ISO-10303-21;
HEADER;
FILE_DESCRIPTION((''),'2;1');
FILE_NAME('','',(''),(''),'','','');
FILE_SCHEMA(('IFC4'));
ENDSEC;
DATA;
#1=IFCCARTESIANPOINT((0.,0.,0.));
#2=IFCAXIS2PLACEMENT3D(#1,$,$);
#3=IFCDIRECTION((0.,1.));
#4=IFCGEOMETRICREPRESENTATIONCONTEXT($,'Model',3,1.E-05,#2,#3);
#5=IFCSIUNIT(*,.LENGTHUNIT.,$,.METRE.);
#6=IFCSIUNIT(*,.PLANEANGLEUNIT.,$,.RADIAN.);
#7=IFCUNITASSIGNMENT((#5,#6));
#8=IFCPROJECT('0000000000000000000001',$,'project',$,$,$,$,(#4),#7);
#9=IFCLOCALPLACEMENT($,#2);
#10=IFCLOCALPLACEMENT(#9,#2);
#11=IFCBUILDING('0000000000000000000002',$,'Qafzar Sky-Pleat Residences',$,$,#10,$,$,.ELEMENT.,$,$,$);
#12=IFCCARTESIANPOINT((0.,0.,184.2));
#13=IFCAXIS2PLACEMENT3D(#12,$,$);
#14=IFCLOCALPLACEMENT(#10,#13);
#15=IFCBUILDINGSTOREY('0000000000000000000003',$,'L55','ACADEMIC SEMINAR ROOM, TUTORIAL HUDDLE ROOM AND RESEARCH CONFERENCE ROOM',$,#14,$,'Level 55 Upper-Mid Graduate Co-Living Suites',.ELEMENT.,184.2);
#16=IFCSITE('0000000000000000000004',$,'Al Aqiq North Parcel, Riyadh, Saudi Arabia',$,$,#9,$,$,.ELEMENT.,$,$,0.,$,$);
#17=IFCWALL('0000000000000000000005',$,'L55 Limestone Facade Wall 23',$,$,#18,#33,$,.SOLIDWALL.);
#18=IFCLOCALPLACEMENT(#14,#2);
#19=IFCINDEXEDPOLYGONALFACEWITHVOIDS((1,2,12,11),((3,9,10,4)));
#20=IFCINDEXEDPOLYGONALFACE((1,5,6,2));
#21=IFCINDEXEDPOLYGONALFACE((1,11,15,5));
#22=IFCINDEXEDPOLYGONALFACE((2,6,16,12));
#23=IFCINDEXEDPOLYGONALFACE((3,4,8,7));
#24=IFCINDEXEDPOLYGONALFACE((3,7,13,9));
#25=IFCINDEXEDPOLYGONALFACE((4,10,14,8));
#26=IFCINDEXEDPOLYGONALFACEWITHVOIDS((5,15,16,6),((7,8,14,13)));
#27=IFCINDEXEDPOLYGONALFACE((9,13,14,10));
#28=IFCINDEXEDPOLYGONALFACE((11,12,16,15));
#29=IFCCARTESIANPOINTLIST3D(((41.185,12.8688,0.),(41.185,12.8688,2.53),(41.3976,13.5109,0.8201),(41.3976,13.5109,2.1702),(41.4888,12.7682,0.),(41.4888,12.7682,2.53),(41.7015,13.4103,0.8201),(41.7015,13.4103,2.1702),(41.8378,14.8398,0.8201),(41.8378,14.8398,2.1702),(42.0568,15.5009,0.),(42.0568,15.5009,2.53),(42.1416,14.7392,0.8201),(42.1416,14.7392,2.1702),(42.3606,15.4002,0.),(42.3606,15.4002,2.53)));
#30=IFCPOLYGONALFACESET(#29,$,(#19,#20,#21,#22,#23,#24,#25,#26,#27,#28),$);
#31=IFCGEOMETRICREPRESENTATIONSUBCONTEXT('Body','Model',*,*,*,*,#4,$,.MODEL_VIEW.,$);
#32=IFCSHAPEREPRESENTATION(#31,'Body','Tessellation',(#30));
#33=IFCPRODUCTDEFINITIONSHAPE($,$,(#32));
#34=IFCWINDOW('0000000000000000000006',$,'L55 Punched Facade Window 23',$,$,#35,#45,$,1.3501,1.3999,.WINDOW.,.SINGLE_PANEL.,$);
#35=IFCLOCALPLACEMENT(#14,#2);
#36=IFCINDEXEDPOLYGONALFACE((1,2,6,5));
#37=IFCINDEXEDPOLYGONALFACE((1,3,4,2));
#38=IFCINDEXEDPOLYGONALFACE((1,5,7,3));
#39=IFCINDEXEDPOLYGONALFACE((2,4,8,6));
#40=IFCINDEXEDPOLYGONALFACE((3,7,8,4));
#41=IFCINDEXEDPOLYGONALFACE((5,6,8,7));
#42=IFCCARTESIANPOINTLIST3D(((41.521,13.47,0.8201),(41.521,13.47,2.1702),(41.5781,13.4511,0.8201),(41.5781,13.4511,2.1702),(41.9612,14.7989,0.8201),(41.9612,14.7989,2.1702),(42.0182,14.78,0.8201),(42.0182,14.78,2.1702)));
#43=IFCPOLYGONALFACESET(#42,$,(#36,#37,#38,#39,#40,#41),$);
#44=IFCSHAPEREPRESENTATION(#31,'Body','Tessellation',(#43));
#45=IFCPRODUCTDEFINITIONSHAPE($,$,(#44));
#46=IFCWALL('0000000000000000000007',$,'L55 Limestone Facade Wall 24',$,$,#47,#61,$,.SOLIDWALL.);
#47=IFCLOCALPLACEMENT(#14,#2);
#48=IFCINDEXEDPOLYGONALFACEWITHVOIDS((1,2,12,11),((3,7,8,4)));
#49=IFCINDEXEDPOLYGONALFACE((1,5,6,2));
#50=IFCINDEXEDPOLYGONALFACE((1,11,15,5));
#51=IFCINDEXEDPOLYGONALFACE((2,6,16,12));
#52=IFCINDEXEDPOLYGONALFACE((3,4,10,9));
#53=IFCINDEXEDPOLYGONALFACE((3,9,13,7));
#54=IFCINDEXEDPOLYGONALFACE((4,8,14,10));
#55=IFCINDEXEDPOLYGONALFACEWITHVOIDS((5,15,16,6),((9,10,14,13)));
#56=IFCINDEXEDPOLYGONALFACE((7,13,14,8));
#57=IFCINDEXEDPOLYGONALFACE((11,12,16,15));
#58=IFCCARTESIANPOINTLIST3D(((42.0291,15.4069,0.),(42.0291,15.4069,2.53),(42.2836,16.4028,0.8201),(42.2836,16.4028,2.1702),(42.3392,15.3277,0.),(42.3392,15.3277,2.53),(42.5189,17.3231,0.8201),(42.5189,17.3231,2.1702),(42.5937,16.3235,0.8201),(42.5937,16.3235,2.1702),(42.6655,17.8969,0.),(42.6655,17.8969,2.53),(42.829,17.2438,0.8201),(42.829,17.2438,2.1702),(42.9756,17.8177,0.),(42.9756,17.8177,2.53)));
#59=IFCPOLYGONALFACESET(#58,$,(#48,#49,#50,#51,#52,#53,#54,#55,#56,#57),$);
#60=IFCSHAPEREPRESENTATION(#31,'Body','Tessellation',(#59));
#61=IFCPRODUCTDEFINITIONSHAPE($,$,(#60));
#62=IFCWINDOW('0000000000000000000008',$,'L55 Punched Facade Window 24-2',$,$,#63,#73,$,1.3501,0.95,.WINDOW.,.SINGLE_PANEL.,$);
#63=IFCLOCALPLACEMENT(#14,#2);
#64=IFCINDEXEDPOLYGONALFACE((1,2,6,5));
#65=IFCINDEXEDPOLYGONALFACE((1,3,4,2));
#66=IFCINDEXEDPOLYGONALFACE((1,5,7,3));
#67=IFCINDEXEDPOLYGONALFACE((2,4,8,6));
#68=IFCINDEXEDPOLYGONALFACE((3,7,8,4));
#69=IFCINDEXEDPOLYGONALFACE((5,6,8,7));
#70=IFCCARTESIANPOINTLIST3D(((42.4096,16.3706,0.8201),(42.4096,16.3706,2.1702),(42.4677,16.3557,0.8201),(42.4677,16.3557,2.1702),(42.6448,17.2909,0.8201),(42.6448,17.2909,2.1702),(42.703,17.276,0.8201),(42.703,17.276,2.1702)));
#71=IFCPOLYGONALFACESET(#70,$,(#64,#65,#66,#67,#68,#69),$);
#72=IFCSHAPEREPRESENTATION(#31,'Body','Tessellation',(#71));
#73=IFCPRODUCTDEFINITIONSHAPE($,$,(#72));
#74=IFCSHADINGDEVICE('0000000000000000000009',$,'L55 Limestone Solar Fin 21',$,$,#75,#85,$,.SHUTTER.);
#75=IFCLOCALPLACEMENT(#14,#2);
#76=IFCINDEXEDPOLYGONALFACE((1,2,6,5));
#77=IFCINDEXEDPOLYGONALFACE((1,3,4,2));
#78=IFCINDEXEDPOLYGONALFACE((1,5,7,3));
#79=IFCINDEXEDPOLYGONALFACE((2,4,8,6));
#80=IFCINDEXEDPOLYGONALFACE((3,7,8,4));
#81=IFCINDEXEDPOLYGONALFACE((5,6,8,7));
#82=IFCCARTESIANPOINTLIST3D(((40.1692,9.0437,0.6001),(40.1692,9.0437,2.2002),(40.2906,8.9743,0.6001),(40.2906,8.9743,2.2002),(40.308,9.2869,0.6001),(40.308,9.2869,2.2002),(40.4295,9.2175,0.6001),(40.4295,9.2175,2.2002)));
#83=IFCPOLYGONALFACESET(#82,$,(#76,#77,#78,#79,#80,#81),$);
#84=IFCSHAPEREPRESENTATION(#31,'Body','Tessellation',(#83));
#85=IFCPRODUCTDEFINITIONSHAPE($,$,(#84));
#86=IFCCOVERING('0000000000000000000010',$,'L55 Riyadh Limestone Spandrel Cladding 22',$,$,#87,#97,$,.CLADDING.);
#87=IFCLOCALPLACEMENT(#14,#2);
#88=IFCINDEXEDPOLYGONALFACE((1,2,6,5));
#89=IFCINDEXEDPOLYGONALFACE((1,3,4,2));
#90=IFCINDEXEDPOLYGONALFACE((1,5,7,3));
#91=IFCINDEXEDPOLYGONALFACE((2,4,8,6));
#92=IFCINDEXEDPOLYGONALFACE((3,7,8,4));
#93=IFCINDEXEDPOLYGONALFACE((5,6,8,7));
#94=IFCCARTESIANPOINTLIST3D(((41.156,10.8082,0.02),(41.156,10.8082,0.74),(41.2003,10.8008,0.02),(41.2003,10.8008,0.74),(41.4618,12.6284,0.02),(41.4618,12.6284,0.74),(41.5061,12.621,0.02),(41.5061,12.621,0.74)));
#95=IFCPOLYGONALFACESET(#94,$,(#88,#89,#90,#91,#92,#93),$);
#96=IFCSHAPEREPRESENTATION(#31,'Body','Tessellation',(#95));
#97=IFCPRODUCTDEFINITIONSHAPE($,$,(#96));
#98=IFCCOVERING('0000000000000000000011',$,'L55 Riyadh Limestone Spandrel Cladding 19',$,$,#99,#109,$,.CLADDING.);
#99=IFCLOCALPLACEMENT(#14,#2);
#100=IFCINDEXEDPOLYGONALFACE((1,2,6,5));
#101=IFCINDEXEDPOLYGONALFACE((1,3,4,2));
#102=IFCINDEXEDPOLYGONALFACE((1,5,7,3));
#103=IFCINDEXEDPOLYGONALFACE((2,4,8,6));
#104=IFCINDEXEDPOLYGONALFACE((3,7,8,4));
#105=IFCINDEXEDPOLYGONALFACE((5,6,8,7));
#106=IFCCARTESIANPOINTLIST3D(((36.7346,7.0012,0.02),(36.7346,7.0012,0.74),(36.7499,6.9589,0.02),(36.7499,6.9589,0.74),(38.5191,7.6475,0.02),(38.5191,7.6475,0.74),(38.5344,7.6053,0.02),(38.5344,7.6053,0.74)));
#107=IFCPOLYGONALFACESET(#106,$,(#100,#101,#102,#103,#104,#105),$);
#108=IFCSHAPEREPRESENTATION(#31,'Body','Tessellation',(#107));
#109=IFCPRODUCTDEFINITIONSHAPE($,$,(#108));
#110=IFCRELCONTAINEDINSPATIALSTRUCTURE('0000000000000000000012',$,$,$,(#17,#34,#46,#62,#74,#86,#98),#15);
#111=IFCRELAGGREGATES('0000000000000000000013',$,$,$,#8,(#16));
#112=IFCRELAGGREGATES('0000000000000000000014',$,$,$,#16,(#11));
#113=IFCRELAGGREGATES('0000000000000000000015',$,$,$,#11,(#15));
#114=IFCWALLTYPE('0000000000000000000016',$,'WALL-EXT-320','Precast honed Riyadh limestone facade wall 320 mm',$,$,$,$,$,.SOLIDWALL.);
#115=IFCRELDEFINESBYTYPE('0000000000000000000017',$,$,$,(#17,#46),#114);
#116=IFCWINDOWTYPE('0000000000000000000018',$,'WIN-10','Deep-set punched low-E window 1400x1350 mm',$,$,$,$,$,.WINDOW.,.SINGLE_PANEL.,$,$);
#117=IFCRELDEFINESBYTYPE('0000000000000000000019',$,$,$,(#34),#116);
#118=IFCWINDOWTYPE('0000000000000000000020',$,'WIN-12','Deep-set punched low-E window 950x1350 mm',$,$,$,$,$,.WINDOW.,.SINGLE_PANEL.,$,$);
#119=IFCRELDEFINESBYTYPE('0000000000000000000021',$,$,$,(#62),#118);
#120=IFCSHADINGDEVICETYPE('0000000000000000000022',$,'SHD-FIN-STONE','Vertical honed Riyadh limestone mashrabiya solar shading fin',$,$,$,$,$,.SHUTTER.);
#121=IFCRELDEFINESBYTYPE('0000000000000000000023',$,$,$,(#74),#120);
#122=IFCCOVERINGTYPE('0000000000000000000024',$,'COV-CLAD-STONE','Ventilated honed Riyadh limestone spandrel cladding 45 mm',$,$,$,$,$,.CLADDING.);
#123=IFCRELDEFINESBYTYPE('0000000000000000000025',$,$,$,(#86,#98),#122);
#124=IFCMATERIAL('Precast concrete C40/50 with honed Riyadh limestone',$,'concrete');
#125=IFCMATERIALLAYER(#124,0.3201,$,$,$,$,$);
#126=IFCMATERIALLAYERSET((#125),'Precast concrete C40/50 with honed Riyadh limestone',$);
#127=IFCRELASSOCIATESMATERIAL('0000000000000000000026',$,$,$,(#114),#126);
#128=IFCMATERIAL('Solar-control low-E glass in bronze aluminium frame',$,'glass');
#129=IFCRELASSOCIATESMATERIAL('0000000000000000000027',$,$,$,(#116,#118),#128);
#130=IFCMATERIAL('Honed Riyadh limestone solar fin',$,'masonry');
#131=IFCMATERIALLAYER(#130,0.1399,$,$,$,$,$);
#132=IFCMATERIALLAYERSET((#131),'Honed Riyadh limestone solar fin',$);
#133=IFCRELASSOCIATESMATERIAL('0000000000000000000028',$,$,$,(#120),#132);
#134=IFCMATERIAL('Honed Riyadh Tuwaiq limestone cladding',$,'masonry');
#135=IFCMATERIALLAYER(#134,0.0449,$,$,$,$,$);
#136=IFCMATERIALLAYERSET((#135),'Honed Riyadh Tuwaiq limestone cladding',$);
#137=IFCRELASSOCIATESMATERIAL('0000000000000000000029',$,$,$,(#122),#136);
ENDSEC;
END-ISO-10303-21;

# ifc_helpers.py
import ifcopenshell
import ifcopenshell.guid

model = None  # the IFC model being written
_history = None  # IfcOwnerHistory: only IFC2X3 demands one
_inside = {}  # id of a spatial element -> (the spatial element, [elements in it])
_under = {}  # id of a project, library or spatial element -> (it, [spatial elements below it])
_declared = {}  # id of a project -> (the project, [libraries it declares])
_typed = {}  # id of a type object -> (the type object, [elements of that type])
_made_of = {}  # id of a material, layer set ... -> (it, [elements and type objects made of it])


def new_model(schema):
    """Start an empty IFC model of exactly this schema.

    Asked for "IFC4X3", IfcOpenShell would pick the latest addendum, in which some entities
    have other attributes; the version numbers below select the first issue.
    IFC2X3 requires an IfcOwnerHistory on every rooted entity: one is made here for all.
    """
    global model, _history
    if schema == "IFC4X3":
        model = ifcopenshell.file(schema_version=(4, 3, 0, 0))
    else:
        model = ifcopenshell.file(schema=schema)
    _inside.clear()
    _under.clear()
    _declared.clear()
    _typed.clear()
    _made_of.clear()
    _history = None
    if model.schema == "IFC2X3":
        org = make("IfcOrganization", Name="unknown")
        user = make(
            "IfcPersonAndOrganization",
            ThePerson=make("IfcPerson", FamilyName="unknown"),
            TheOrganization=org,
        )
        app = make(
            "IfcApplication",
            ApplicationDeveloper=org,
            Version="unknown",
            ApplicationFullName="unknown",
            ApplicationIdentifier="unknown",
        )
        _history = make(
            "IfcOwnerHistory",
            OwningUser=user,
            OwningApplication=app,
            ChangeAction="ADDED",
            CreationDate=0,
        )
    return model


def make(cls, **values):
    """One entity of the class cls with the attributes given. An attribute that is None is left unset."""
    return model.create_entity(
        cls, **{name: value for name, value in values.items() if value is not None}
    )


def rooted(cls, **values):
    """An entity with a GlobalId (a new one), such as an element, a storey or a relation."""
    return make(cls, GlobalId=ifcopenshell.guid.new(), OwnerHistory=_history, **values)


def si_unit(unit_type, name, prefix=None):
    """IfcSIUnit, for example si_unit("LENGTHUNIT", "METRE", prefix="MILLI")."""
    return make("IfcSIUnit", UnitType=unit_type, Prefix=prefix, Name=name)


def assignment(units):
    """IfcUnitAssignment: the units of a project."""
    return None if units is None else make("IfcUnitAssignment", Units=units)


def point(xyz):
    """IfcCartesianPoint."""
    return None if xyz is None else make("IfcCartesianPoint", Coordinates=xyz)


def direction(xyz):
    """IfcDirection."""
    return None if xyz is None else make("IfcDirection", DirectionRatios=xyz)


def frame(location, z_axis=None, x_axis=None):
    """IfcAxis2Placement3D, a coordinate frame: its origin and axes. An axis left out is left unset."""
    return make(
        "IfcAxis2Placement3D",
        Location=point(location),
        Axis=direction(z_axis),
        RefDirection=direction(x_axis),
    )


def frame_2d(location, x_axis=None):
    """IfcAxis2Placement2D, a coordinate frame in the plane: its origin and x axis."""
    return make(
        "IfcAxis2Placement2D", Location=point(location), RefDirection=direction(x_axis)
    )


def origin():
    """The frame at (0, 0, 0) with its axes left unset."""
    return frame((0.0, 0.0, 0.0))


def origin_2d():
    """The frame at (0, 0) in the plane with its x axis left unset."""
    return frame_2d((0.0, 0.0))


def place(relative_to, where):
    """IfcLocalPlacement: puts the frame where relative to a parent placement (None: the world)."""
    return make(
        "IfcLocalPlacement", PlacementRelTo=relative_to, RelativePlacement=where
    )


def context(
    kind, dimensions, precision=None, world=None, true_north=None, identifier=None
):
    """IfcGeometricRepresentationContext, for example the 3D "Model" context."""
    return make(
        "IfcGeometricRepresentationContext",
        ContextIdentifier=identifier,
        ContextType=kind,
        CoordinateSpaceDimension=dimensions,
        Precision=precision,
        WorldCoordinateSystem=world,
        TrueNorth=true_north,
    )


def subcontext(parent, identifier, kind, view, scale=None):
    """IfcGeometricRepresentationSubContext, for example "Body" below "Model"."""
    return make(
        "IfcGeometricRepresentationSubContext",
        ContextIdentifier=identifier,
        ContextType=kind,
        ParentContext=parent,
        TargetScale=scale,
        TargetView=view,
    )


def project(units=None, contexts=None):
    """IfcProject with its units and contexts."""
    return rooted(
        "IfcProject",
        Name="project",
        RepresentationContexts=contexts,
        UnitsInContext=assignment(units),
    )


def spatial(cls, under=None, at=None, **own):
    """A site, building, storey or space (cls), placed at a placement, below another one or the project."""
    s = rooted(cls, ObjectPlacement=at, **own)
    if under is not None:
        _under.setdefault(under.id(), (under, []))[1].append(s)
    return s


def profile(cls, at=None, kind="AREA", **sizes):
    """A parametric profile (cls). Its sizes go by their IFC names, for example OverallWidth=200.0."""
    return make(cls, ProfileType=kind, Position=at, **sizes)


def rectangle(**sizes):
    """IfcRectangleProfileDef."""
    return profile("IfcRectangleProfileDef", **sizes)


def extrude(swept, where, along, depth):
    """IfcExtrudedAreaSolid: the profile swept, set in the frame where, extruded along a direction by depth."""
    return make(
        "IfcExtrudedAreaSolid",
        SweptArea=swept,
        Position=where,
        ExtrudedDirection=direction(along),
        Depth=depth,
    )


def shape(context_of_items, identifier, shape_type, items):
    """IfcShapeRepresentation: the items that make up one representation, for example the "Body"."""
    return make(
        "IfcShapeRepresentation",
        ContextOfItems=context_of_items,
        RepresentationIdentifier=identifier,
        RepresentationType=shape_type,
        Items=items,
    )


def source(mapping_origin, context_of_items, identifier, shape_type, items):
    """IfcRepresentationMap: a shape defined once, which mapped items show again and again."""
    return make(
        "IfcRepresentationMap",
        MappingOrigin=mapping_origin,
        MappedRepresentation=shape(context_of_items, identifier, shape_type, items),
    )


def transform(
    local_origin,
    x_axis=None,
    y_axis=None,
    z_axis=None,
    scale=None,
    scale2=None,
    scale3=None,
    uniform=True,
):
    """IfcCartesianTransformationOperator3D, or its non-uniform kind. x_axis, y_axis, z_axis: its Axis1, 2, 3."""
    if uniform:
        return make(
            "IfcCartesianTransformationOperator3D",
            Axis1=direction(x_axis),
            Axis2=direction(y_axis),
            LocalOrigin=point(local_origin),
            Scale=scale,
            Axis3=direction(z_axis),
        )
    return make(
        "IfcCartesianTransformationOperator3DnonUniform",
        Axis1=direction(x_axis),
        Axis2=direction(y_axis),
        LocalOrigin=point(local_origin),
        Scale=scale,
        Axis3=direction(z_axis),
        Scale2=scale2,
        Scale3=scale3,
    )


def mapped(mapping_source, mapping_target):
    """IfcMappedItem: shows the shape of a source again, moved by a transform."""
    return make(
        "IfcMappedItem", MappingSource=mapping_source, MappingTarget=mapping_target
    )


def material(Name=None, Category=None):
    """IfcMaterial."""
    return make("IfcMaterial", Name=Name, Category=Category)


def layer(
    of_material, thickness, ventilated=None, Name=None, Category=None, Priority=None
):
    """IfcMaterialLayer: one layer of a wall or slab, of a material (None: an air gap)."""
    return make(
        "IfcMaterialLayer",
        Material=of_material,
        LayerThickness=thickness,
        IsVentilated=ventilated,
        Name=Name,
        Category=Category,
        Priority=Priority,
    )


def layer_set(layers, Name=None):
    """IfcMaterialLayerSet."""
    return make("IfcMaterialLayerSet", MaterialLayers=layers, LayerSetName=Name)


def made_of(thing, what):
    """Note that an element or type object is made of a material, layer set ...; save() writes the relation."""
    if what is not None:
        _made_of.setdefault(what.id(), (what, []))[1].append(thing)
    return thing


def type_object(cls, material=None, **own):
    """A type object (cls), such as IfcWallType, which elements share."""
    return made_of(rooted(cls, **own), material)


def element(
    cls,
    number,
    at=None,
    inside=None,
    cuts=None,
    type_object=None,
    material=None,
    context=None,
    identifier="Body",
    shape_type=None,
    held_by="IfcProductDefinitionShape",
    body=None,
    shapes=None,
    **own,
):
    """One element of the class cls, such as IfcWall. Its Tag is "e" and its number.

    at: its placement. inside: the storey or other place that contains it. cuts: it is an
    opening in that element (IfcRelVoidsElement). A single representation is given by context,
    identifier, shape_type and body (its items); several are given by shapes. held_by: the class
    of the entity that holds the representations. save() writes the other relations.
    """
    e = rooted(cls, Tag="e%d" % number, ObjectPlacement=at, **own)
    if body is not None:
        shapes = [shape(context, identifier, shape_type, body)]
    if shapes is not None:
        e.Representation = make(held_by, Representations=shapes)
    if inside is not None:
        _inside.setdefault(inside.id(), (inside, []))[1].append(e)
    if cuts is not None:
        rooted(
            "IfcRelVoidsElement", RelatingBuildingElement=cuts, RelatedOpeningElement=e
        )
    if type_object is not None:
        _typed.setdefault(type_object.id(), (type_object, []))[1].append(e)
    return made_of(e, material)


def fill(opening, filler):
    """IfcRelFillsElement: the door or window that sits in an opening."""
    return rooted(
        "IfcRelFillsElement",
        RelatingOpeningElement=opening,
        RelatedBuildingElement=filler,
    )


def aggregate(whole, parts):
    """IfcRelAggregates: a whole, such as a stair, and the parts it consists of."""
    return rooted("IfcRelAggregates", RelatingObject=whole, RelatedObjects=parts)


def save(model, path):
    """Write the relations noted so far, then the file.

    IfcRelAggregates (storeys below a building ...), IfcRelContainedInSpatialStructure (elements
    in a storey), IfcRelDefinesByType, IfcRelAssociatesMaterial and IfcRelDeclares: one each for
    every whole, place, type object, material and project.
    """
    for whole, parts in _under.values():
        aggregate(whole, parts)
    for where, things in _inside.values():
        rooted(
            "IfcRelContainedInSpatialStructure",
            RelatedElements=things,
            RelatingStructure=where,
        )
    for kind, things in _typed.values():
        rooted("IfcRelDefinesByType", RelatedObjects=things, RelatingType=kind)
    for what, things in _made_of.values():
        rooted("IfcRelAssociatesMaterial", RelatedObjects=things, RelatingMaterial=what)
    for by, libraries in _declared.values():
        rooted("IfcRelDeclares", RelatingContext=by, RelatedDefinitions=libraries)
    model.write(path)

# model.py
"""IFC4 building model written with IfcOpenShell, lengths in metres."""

from ifc_helpers import new_model, si_unit, direction, frame, frame_2d, origin, origin_2d, place, context, subcontext, project, spatial, rectangle, extrude, source, transform, mapped, material, layer, layer_set, type_object, element, fill, save


model = new_model("IFC4")

# Units and contexts
model_context = context("Model", 3, precision=1e-05, world=origin(), true_north=direction((0.0, 1.0)))
body_context = subcontext(model_context, "Body", "Model", "MODEL_VIEW")
ifc_project = project(units=[si_unit("LENGTHUNIT", "METRE"), si_unit("PLANEANGLEUNIT", "RADIAN")], contexts=[model_context])

# Site, building, storey
site_placement = place(None, origin())
site = spatial("IfcSite", under=ifc_project, at=site_placement, Name="Al Aqiq North Parcel, Riyadh, Saudi Arabia", CompositionType="ELEMENT", RefElevation=0.0)
building_placement = place(site_placement, origin())
building = spatial("IfcBuilding", under=site, at=building_placement, Name="Qafzar Sky-Pleat Residences", CompositionType="ELEMENT")
storey_placement = place(building_placement, frame((0.0, 0.0, 184.2)))
storey = spatial("IfcBuildingStorey", under=building, at=storey_placement, Name="L55", Description="ACADEMIC SEMINAR ROOM, TUTORIAL HUDDLE ROOM AND RESEARCH CONFERENCE ROOM", LongName="Level 55 Upper-Mid Graduate Co-Living Suites", CompositionType="ELEMENT", Elevation=184.2)

# Walls, openings, windows
ifc_material_1 = material(Name="Precast concrete C40/50 with honed Riyadh limestone", Category="concrete")
ifc_layer_1 = layer(ifc_material_1, 0.3201)
ifc_layer_set_1 = layer_set([ifc_layer_1], Name="Precast concrete C40/50 with honed Riyadh limestone")
wall_type = type_object("IfcWallType", Name="WALL-EXT-320", Description="Precast honed Riyadh limestone facade wall 320 mm", PredefinedType="SOLIDWALL", material=ifc_layer_set_1)
ifc_material_2 = material(Name="Solar-control low-E glass in bronze aluminium frame", Category="glass")
wall_1_placement = place(storey_placement, frame((41.3369, 12.8186, 0.0), z_axis=(0.0, 0.0, 1.0), x_axis=(0.314431, 0.94928, 0.0)))
wall_1 = element("IfcWall", 1, at=wall_1_placement, inside=storey, type_object=wall_type, Name="L55 Limestone Facade Wall 23", PredefinedType="SOLIDWALL", context=body_context, shape_type="SweptSolid", body=[
    extrude(rectangle(XDim=2.7727, YDim=0.3201, at=frame_2d((1.3862, 0.0))), origin(), (0.0, 0.0, 1.0), 2.53),
])
opening_1_placement = place(wall_1_placement, frame((0.6763, 0.0, 0.8201)))
opening_1 = element("IfcOpeningElement", 2, at=opening_1_placement, cuts=wall_1, PredefinedType="OPENING", context=body_context, shape_type="SweptSolid", body=[
    extrude(rectangle(XDim=1.3999, YDim=1.3501, at=frame_2d((0.7, 0.675))), frame((0.0, 0.1699, 0.0), z_axis=(0.0, -1.0, 0.0), x_axis=(1.0, 0.0, 0.0)), (0.0, 0.0, 1.0), 0.3401),
])
window_type_1 = type_object("IfcWindowType", Name="WIN-10", Description="Deep-set punched low-E window 1400x1350 mm", PartitioningType="SINGLE_PANEL", PredefinedType="WINDOW", material=ifc_material_2)
shared_shape_1 = source(origin(), body_context, "Body", "SweptSolid", [
    extrude(rectangle(XDim=1.3999, YDim=1.3501, at=frame_2d((0.7, 0.675))), frame((0.0, 0.03, 0.0), z_axis=(0.0, -1.0, 0.0), x_axis=(1.0, 0.0, 0.0)), (0.0, 0.0, 1.0), 0.0601),
])
window_1_placement = place(opening_1_placement, origin())
window_1 = element("IfcWindow", 3, at=window_1_placement, inside=storey, type_object=window_type_1, Name="L55 Punched Facade Window 23", OverallHeight=1.3501, OverallWidth=1.3999, PartitioningType="SINGLE_PANEL", PredefinedType="WINDOW", context=body_context, shape_type="MappedRepresentation", body=[
    mapped(shared_shape_1, transform((0.0, 0.0, 0.0), x_axis=(1.0, 0.0, 0.0), y_axis=(0.0, 1.0, 0.0), z_axis=(0.0, 0.0, 1.0), scale=1.0)),
])
fill(opening_1, window_1)
wall_2_placement = place(storey_placement, frame((42.1841, 15.3672, 0.0), z_axis=(0.0, 0.0, 1.0), x_axis=(0.247651, 0.968849, 0.0)))
wall_2 = element("IfcWall", 4, at=wall_2_placement, inside=storey, type_object=wall_type, Name="L55 Limestone Facade Wall 24", PredefinedType="SOLIDWALL", context=body_context, shape_type="SweptSolid", body=[
    extrude(rectangle(XDim=2.5701, YDim=0.3201, at=frame_2d((1.2852, 0.0))), origin(), (0.0, 0.0, 1.0), 2.53),
])
opening_2_placement = place(wall_2_placement, frame((1.0278, 0.0, 0.8201)))
opening_2 = element("IfcOpeningElement", 5, at=opening_2_placement, cuts=wall_2, PredefinedType="OPENING", context=body_context, shape_type="SweptSolid", body=[
    extrude(rectangle(XDim=0.95, YDim=1.3501, at=frame_2d((0.4751, 0.675))), frame((0.0, 0.1699, 0.0), z_axis=(0.0, -1.0, 0.0), x_axis=(1.0, 0.0, 0.0)), (0.0, 0.0, 1.0), 0.3401),
])
window_type_2 = type_object("IfcWindowType", Name="WIN-12", Description="Deep-set punched low-E window 950x1350 mm", PartitioningType="SINGLE_PANEL", PredefinedType="WINDOW", material=ifc_material_2)
shared_shape_2 = source(origin(), body_context, "Body", "SweptSolid", [
    extrude(rectangle(XDim=0.95, YDim=1.3501, at=frame_2d((0.4751, 0.675))), frame((0.0, 0.03, 0.0), z_axis=(0.0, -1.0, 0.0), x_axis=(1.0, 0.0, 0.0)), (0.0, 0.0, 1.0), 0.0601),
])
window_2_placement = place(opening_2_placement, origin())
window_2 = element("IfcWindow", 6, at=window_2_placement, inside=storey, type_object=window_type_2, Name="L55 Punched Facade Window 24-2", OverallHeight=1.3501, OverallWidth=0.95, PartitioningType="SINGLE_PANEL", PredefinedType="WINDOW", context=body_context, shape_type="MappedRepresentation", body=[
    mapped(shared_shape_2, transform((0.0, 0.0, 0.0), x_axis=(1.0, 0.0, 0.0), y_axis=(0.0, 1.0, 0.0), z_axis=(0.0, 0.0, 1.0), scale=1.0)),
])
fill(opening_2, window_2)

# Shading device
ifc_material_3 = material(Name="Honed Riyadh limestone solar fin", Category="masonry")
ifc_layer_2 = layer(ifc_material_3, 0.1399)
ifc_layer_set_2 = layer_set([ifc_layer_2], Name="Honed Riyadh limestone solar fin")
shading_device_type = type_object("IfcShadingDeviceType", Name="SHD-FIN-STONE", Description="Vertical honed Riyadh limestone mashrabiya solar shading fin", PredefinedType="SHUTTER", material=ifc_layer_set_2)
shared_shape_3 = source(origin(), body_context, "Body", "SweptSolid", [
    extrude(rectangle(XDim=0.1399, YDim=0.28, at=origin_2d()), origin(), (0.0, 0.0, 1.0), 1.6001),
])
shading_device_placement = place(storey_placement, frame((40.2993, 9.1306, 0.6001), z_axis=(0.0, 0.0, 1.0), x_axis=(0.868455, -0.495768, 0.0)))
element("IfcShadingDevice", 7, at=shading_device_placement, inside=storey, type_object=shading_device_type, Name="L55 Limestone Solar Fin 21", PredefinedType="SHUTTER", context=body_context, shape_type="MappedRepresentation", body=[
    mapped(shared_shape_3, transform((0.0, 0.0, 0.0), x_axis=(1.0, 0.0, 0.0), y_axis=(0.0, 1.0, 0.0), z_axis=(0.0, 0.0, 1.0), scale=1.0)),
])

# Coverings
ifc_material_4 = material(Name="Honed Riyadh Tuwaiq limestone cladding", Category="masonry")
ifc_layer_3 = layer(ifc_material_4, 0.0449)
ifc_layer_set_3 = layer_set([ifc_layer_3], Name="Honed Riyadh Tuwaiq limestone cladding")
covering_type = type_object("IfcCoveringType", Name="COV-CLAD-STONE", Description="Ventilated honed Riyadh limestone spandrel cladding 45 mm", PredefinedType="CLADDING", material=ifc_layer_set_3)
shared_shape_4 = source(origin(), body_context, "Body", "SweptSolid", [
    extrude(rectangle(XDim=1.8457, YDim=0.0449, at=origin_2d()), origin(), (0.0, 0.0, 1.0), 0.72),
])
covering_1_placement = place(storey_placement, frame((41.3311, 11.7146, 0.02), z_axis=(0.0, 0.0, 1.0), x_axis=(0.165688, 0.986178, 0.0)))
element("IfcCovering", 8, at=covering_1_placement, inside=storey, type_object=covering_type, Name="L55 Riyadh Limestone Spandrel Cladding 22", PredefinedType="CLADDING", context=body_context, shape_type="MappedRepresentation", body=[
    mapped(shared_shape_4, transform((0.0, 0.0, 0.0), x_axis=(1.0, 0.0, 0.0), y_axis=(0.0, 1.0, 0.0), z_axis=(0.0, 0.0, 1.0), scale=1.0)),
])
shared_shape_5 = source(origin(), body_context, "Body", "SweptSolid", [
    extrude(rectangle(XDim=1.8979, YDim=0.0449, at=origin_2d()), origin(), (0.0, 0.0, 1.0), 0.72),
])
covering_2_placement = place(storey_placement, frame((37.6345, 7.3032, 0.02), z_axis=(0.0, 0.0, 1.0), x_axis=(0.940232, 0.340536, 0.0)))
element("IfcCovering", 9, at=covering_2_placement, inside=storey, type_object=covering_type, Name="L55 Riyadh Limestone Spandrel Cladding 19", PredefinedType="CLADDING", context=body_context, shape_type="MappedRepresentation", body=[
    mapped(shared_shape_5, transform((0.0, 0.0, 0.0), x_axis=(1.0, 0.0, 0.0), y_axis=(0.0, 1.0, 0.0), z_axis=(0.0, 0.0, 1.0), scale=1.0)),
])

save(model, "model.ifc")
